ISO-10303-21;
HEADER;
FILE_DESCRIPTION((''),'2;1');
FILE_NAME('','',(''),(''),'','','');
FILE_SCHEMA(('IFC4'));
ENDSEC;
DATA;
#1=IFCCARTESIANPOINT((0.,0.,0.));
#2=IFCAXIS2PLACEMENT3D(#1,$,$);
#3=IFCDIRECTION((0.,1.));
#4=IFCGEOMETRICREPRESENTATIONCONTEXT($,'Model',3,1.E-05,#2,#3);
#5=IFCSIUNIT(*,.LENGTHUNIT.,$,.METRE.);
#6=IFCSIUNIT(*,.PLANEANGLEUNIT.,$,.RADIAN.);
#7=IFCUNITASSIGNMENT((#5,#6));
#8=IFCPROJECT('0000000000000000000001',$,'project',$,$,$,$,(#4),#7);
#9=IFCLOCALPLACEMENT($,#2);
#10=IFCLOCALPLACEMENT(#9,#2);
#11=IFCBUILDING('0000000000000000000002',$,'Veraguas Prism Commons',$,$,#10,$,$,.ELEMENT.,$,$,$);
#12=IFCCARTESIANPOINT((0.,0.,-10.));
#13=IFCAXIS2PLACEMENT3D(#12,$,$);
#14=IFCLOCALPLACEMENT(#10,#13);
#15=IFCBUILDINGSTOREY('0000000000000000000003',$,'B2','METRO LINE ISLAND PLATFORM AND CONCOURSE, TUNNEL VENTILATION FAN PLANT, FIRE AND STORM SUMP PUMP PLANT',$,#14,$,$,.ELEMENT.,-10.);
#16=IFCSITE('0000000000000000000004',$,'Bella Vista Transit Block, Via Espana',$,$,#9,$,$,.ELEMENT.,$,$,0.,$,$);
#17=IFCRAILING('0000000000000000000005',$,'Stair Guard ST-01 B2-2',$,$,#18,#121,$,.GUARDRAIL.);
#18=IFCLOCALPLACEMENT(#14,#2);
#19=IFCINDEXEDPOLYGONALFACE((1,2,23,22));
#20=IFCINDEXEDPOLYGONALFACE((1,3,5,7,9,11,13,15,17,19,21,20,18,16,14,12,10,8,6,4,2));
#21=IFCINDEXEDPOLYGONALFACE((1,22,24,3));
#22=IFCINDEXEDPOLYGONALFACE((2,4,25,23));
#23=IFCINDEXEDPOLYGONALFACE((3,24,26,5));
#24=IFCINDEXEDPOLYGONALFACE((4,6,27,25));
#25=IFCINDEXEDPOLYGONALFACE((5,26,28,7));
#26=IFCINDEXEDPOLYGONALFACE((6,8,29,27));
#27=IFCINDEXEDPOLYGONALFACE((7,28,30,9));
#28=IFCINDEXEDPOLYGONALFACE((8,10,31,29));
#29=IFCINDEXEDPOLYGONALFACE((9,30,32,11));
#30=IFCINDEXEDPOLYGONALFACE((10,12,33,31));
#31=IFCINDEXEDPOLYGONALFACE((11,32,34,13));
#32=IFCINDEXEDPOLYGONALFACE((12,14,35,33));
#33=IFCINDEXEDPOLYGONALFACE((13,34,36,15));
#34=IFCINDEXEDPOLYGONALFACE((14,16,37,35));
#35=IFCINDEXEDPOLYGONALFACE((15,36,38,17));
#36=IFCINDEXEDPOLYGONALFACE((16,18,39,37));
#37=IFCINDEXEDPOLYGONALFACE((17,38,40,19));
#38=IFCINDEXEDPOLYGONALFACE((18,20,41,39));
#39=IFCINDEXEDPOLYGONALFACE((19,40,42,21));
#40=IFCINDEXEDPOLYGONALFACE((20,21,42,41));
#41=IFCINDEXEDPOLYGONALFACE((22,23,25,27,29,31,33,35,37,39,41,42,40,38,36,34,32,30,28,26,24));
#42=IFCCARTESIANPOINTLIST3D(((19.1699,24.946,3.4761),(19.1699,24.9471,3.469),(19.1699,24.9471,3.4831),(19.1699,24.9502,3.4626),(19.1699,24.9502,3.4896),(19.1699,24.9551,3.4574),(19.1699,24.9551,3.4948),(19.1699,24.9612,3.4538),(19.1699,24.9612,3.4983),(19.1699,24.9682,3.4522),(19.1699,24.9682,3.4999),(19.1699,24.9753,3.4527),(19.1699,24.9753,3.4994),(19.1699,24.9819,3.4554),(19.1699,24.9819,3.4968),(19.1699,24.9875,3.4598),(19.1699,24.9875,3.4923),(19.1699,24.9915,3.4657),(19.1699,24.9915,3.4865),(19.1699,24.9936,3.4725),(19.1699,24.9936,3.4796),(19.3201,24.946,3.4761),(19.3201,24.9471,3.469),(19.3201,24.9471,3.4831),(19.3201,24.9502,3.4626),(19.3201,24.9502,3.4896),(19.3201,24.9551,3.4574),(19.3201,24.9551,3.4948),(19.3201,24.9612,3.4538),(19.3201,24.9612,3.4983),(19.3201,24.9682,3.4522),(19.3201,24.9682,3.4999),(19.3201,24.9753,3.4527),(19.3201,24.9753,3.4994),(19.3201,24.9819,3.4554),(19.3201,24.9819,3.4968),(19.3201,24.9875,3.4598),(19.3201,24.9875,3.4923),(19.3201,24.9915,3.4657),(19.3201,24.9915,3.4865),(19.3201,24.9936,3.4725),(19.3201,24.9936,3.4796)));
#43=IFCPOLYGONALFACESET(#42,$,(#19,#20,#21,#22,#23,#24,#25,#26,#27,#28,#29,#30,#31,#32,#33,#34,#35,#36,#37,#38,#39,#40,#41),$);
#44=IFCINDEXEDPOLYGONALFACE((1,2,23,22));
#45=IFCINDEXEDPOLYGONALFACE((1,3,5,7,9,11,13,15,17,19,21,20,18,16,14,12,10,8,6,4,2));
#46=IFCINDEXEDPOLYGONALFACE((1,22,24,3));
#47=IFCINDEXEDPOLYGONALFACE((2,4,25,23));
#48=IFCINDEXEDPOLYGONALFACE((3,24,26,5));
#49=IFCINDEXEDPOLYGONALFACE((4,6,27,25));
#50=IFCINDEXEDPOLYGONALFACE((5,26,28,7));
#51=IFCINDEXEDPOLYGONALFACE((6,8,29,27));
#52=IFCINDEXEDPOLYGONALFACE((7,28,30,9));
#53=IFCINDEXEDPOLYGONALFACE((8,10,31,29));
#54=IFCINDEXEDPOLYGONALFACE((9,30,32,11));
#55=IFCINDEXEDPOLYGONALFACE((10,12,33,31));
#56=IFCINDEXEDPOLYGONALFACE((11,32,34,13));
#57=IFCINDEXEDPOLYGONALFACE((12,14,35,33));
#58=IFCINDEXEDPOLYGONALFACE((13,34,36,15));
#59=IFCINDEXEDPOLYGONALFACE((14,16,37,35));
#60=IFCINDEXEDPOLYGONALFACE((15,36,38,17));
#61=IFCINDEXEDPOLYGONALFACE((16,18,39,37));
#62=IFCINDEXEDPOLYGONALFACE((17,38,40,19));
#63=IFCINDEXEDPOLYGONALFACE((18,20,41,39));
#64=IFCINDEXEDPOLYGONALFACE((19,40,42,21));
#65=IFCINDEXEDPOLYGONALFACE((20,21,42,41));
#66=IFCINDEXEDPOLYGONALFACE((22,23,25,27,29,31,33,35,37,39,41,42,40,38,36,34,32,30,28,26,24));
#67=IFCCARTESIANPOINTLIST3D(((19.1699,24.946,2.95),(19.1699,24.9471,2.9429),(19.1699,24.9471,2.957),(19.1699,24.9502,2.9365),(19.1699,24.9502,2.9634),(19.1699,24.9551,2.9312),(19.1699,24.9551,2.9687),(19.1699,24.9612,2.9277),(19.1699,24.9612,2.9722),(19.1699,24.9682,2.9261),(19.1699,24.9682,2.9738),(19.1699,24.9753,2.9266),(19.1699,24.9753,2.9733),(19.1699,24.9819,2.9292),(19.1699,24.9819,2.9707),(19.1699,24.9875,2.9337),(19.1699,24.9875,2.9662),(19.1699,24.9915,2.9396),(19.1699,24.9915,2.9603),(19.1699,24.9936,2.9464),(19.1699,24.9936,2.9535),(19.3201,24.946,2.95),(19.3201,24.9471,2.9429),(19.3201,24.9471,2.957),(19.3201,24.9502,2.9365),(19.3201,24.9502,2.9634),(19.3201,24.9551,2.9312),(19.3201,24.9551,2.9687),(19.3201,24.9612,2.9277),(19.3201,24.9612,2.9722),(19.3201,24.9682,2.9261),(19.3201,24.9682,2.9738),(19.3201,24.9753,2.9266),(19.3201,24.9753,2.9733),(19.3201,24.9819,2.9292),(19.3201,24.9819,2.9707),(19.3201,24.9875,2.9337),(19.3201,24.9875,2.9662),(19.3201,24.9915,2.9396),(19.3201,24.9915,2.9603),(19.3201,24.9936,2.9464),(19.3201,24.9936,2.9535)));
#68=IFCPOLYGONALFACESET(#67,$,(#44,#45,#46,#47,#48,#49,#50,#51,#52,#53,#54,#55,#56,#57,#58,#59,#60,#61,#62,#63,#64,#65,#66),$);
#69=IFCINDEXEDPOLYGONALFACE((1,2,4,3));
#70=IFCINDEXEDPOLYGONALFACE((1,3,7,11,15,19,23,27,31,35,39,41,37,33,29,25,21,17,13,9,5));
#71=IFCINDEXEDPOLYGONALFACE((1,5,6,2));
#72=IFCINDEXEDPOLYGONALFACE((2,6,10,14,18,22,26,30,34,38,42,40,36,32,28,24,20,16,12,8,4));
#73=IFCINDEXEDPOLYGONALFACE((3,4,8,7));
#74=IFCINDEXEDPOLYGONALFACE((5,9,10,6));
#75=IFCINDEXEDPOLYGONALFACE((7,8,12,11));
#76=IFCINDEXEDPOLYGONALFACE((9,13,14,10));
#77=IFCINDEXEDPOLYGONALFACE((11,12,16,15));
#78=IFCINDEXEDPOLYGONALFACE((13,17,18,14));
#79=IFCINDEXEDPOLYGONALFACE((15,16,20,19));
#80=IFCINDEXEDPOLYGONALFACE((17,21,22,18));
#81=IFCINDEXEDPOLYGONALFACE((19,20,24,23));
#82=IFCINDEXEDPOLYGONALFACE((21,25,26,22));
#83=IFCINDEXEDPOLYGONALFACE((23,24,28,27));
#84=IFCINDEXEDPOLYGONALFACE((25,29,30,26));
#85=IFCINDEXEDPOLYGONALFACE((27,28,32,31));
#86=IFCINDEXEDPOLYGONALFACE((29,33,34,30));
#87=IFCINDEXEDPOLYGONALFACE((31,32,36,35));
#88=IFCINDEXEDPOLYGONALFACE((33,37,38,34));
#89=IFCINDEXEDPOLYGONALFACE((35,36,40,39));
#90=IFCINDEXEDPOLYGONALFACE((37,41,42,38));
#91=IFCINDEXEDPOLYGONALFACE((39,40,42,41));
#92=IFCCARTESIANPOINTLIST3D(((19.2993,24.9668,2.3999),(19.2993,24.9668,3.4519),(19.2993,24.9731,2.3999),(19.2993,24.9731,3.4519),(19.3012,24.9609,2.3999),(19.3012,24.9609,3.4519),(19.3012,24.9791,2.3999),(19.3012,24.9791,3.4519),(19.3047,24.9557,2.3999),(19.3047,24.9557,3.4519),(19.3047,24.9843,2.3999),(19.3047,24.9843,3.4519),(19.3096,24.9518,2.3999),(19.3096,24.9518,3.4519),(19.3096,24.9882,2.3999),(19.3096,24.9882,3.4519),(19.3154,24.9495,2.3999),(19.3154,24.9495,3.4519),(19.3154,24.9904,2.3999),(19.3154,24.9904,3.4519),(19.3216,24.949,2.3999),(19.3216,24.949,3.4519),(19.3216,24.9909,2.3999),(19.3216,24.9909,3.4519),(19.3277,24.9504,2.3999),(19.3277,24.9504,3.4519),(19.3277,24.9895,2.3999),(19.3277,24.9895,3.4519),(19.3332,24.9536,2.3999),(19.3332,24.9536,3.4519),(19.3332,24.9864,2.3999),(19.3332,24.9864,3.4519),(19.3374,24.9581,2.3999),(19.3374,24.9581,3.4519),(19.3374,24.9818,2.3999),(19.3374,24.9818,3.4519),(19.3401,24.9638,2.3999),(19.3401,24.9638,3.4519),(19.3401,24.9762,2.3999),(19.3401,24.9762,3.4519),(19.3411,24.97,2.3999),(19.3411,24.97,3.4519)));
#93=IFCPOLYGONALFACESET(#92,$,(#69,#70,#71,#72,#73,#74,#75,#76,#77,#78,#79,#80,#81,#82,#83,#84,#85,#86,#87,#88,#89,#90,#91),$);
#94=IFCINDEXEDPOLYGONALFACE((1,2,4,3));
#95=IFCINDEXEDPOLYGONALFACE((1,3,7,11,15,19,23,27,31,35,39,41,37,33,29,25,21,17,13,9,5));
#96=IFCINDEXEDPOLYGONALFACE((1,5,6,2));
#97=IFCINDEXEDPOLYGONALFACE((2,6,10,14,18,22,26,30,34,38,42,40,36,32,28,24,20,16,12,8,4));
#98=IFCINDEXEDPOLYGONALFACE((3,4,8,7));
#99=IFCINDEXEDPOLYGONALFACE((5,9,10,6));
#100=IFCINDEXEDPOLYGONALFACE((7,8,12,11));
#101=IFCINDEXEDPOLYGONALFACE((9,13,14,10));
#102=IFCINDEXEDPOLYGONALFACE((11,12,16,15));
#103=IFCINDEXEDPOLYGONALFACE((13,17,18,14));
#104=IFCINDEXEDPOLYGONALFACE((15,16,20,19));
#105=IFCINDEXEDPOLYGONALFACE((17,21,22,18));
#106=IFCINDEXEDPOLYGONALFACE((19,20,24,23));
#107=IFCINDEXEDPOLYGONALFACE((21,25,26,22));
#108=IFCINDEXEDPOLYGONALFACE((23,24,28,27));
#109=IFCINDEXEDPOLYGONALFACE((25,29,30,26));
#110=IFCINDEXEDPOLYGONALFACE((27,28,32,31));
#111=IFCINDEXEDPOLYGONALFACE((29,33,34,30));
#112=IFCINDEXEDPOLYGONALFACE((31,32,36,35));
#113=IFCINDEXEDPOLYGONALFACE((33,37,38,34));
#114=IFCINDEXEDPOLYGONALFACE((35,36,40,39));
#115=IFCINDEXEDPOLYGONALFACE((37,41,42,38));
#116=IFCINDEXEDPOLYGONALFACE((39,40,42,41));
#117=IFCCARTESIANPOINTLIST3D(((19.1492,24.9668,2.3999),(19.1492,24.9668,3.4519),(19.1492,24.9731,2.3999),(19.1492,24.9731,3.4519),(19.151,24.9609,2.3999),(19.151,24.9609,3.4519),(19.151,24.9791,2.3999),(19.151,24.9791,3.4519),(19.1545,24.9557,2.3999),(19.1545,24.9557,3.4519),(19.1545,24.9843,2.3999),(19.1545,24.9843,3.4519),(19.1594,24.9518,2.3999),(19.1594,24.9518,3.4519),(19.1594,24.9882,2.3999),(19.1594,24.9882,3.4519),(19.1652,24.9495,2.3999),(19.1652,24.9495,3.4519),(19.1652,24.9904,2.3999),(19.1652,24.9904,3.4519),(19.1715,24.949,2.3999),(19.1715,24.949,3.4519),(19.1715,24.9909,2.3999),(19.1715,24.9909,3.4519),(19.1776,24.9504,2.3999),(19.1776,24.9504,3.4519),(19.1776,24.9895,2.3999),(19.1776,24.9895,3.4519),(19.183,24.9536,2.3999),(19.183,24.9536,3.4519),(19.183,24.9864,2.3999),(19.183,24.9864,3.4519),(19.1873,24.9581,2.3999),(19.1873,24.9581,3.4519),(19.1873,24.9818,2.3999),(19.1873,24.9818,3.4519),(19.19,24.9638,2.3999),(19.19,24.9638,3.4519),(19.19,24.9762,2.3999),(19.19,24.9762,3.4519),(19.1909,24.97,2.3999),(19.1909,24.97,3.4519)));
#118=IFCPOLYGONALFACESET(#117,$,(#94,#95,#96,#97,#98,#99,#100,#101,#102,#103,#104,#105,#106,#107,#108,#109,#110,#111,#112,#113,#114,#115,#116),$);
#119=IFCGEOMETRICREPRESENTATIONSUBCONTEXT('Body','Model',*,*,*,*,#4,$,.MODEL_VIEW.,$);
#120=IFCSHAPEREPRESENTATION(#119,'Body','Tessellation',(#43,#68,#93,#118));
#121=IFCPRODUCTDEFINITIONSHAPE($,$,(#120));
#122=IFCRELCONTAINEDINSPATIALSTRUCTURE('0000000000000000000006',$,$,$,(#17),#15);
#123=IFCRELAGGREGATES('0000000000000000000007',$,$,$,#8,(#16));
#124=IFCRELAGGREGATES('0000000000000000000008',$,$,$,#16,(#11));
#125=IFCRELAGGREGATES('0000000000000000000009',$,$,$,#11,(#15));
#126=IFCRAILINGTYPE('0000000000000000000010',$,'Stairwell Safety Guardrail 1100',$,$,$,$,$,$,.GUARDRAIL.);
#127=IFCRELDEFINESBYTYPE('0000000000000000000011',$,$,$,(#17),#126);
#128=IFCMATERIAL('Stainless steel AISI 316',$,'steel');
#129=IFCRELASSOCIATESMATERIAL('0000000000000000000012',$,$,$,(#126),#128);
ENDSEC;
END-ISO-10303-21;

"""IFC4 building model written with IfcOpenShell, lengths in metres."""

from ifc_helpers import new_model, si_unit, direction, frame, origin, origin_2d, place, context, subcontext, project, spatial, circle, extrude, material, type_object, element, save


model = new_model("IFC4")

# Units and contexts
model_context = context("Model", 3, precision=1e-05, world=origin(), true_north=direction((0.0, 1.0)))
body_context = subcontext(model_context, "Body", "Model", "MODEL_VIEW")
ifc_project = project(units=[si_unit("LENGTHUNIT", "METRE"), si_unit("PLANEANGLEUNIT", "RADIAN")], contexts=[model_context])

# Site, building, storey
site_placement = place(None, origin())
site = spatial("IfcSite", under=ifc_project, at=site_placement, Name="Bella Vista Transit Block, Via Espana", CompositionType="ELEMENT", RefElevation=0.0)
building_placement = place(site_placement, origin())
building = spatial("IfcBuilding", under=site, at=building_placement, Name="Veraguas Prism Commons", CompositionType="ELEMENT")
storey_placement = place(building_placement, frame((0.0, 0.0, -10.0)))
storey = spatial("IfcBuildingStorey", under=building, at=storey_placement, Name="B2", Description="METRO LINE ISLAND PLATFORM AND CONCOURSE, TUNNEL VENTILATION FAN PLANT, FIRE AND STORM SUMP PUMP PLANT", CompositionType="ELEMENT", Elevation=-10.0)

# Railing
ifc_material_1 = material(Name="Stainless steel AISI 316", Category="steel")
railing_type_1 = type_object("IfcRailingType", Name="Stairwell Safety Guardrail 1100", PredefinedType="GUARDRAIL", material=ifc_material_1)
railing_1_placement = place(storey_placement, frame((19.3201, 24.97, 2.3999)))
element("IfcRailing", 1, at=railing_1_placement, inside=storey, type_object=railing_type_1, Name="Stair Guard ST-01 B2-2", PredefinedType="GUARDRAIL", context=body_context, shape_type="SweptSolid", body=[
    extrude(circle(Radius=0.0239, at=origin_2d()), frame((0.0, 0.0, 1.0762), z_axis=(-1.0, 0.0, 0.0), x_axis=(0.0, -1.0, 0.0)), (0.0, 0.0, 1.0), 0.1501),
    extrude(circle(Radius=0.0239, at=origin_2d()), frame((0.0, 0.0, 0.55), z_axis=(-1.0, 0.0, 0.0), x_axis=(0.0, -1.0, 0.0)), (0.0, 0.0, 1.0), 0.1501),
    extrude(circle(Radius=0.021, at=origin_2d()), origin(), (0.0, 0.0, 1.0), 1.052),
    extrude(circle(Radius=0.021, at=origin_2d()), frame((-0.1501, 0.0, 0.0)), (0.0, 0.0, 1.0), 1.052),
])

save(model, "model.ifc")
